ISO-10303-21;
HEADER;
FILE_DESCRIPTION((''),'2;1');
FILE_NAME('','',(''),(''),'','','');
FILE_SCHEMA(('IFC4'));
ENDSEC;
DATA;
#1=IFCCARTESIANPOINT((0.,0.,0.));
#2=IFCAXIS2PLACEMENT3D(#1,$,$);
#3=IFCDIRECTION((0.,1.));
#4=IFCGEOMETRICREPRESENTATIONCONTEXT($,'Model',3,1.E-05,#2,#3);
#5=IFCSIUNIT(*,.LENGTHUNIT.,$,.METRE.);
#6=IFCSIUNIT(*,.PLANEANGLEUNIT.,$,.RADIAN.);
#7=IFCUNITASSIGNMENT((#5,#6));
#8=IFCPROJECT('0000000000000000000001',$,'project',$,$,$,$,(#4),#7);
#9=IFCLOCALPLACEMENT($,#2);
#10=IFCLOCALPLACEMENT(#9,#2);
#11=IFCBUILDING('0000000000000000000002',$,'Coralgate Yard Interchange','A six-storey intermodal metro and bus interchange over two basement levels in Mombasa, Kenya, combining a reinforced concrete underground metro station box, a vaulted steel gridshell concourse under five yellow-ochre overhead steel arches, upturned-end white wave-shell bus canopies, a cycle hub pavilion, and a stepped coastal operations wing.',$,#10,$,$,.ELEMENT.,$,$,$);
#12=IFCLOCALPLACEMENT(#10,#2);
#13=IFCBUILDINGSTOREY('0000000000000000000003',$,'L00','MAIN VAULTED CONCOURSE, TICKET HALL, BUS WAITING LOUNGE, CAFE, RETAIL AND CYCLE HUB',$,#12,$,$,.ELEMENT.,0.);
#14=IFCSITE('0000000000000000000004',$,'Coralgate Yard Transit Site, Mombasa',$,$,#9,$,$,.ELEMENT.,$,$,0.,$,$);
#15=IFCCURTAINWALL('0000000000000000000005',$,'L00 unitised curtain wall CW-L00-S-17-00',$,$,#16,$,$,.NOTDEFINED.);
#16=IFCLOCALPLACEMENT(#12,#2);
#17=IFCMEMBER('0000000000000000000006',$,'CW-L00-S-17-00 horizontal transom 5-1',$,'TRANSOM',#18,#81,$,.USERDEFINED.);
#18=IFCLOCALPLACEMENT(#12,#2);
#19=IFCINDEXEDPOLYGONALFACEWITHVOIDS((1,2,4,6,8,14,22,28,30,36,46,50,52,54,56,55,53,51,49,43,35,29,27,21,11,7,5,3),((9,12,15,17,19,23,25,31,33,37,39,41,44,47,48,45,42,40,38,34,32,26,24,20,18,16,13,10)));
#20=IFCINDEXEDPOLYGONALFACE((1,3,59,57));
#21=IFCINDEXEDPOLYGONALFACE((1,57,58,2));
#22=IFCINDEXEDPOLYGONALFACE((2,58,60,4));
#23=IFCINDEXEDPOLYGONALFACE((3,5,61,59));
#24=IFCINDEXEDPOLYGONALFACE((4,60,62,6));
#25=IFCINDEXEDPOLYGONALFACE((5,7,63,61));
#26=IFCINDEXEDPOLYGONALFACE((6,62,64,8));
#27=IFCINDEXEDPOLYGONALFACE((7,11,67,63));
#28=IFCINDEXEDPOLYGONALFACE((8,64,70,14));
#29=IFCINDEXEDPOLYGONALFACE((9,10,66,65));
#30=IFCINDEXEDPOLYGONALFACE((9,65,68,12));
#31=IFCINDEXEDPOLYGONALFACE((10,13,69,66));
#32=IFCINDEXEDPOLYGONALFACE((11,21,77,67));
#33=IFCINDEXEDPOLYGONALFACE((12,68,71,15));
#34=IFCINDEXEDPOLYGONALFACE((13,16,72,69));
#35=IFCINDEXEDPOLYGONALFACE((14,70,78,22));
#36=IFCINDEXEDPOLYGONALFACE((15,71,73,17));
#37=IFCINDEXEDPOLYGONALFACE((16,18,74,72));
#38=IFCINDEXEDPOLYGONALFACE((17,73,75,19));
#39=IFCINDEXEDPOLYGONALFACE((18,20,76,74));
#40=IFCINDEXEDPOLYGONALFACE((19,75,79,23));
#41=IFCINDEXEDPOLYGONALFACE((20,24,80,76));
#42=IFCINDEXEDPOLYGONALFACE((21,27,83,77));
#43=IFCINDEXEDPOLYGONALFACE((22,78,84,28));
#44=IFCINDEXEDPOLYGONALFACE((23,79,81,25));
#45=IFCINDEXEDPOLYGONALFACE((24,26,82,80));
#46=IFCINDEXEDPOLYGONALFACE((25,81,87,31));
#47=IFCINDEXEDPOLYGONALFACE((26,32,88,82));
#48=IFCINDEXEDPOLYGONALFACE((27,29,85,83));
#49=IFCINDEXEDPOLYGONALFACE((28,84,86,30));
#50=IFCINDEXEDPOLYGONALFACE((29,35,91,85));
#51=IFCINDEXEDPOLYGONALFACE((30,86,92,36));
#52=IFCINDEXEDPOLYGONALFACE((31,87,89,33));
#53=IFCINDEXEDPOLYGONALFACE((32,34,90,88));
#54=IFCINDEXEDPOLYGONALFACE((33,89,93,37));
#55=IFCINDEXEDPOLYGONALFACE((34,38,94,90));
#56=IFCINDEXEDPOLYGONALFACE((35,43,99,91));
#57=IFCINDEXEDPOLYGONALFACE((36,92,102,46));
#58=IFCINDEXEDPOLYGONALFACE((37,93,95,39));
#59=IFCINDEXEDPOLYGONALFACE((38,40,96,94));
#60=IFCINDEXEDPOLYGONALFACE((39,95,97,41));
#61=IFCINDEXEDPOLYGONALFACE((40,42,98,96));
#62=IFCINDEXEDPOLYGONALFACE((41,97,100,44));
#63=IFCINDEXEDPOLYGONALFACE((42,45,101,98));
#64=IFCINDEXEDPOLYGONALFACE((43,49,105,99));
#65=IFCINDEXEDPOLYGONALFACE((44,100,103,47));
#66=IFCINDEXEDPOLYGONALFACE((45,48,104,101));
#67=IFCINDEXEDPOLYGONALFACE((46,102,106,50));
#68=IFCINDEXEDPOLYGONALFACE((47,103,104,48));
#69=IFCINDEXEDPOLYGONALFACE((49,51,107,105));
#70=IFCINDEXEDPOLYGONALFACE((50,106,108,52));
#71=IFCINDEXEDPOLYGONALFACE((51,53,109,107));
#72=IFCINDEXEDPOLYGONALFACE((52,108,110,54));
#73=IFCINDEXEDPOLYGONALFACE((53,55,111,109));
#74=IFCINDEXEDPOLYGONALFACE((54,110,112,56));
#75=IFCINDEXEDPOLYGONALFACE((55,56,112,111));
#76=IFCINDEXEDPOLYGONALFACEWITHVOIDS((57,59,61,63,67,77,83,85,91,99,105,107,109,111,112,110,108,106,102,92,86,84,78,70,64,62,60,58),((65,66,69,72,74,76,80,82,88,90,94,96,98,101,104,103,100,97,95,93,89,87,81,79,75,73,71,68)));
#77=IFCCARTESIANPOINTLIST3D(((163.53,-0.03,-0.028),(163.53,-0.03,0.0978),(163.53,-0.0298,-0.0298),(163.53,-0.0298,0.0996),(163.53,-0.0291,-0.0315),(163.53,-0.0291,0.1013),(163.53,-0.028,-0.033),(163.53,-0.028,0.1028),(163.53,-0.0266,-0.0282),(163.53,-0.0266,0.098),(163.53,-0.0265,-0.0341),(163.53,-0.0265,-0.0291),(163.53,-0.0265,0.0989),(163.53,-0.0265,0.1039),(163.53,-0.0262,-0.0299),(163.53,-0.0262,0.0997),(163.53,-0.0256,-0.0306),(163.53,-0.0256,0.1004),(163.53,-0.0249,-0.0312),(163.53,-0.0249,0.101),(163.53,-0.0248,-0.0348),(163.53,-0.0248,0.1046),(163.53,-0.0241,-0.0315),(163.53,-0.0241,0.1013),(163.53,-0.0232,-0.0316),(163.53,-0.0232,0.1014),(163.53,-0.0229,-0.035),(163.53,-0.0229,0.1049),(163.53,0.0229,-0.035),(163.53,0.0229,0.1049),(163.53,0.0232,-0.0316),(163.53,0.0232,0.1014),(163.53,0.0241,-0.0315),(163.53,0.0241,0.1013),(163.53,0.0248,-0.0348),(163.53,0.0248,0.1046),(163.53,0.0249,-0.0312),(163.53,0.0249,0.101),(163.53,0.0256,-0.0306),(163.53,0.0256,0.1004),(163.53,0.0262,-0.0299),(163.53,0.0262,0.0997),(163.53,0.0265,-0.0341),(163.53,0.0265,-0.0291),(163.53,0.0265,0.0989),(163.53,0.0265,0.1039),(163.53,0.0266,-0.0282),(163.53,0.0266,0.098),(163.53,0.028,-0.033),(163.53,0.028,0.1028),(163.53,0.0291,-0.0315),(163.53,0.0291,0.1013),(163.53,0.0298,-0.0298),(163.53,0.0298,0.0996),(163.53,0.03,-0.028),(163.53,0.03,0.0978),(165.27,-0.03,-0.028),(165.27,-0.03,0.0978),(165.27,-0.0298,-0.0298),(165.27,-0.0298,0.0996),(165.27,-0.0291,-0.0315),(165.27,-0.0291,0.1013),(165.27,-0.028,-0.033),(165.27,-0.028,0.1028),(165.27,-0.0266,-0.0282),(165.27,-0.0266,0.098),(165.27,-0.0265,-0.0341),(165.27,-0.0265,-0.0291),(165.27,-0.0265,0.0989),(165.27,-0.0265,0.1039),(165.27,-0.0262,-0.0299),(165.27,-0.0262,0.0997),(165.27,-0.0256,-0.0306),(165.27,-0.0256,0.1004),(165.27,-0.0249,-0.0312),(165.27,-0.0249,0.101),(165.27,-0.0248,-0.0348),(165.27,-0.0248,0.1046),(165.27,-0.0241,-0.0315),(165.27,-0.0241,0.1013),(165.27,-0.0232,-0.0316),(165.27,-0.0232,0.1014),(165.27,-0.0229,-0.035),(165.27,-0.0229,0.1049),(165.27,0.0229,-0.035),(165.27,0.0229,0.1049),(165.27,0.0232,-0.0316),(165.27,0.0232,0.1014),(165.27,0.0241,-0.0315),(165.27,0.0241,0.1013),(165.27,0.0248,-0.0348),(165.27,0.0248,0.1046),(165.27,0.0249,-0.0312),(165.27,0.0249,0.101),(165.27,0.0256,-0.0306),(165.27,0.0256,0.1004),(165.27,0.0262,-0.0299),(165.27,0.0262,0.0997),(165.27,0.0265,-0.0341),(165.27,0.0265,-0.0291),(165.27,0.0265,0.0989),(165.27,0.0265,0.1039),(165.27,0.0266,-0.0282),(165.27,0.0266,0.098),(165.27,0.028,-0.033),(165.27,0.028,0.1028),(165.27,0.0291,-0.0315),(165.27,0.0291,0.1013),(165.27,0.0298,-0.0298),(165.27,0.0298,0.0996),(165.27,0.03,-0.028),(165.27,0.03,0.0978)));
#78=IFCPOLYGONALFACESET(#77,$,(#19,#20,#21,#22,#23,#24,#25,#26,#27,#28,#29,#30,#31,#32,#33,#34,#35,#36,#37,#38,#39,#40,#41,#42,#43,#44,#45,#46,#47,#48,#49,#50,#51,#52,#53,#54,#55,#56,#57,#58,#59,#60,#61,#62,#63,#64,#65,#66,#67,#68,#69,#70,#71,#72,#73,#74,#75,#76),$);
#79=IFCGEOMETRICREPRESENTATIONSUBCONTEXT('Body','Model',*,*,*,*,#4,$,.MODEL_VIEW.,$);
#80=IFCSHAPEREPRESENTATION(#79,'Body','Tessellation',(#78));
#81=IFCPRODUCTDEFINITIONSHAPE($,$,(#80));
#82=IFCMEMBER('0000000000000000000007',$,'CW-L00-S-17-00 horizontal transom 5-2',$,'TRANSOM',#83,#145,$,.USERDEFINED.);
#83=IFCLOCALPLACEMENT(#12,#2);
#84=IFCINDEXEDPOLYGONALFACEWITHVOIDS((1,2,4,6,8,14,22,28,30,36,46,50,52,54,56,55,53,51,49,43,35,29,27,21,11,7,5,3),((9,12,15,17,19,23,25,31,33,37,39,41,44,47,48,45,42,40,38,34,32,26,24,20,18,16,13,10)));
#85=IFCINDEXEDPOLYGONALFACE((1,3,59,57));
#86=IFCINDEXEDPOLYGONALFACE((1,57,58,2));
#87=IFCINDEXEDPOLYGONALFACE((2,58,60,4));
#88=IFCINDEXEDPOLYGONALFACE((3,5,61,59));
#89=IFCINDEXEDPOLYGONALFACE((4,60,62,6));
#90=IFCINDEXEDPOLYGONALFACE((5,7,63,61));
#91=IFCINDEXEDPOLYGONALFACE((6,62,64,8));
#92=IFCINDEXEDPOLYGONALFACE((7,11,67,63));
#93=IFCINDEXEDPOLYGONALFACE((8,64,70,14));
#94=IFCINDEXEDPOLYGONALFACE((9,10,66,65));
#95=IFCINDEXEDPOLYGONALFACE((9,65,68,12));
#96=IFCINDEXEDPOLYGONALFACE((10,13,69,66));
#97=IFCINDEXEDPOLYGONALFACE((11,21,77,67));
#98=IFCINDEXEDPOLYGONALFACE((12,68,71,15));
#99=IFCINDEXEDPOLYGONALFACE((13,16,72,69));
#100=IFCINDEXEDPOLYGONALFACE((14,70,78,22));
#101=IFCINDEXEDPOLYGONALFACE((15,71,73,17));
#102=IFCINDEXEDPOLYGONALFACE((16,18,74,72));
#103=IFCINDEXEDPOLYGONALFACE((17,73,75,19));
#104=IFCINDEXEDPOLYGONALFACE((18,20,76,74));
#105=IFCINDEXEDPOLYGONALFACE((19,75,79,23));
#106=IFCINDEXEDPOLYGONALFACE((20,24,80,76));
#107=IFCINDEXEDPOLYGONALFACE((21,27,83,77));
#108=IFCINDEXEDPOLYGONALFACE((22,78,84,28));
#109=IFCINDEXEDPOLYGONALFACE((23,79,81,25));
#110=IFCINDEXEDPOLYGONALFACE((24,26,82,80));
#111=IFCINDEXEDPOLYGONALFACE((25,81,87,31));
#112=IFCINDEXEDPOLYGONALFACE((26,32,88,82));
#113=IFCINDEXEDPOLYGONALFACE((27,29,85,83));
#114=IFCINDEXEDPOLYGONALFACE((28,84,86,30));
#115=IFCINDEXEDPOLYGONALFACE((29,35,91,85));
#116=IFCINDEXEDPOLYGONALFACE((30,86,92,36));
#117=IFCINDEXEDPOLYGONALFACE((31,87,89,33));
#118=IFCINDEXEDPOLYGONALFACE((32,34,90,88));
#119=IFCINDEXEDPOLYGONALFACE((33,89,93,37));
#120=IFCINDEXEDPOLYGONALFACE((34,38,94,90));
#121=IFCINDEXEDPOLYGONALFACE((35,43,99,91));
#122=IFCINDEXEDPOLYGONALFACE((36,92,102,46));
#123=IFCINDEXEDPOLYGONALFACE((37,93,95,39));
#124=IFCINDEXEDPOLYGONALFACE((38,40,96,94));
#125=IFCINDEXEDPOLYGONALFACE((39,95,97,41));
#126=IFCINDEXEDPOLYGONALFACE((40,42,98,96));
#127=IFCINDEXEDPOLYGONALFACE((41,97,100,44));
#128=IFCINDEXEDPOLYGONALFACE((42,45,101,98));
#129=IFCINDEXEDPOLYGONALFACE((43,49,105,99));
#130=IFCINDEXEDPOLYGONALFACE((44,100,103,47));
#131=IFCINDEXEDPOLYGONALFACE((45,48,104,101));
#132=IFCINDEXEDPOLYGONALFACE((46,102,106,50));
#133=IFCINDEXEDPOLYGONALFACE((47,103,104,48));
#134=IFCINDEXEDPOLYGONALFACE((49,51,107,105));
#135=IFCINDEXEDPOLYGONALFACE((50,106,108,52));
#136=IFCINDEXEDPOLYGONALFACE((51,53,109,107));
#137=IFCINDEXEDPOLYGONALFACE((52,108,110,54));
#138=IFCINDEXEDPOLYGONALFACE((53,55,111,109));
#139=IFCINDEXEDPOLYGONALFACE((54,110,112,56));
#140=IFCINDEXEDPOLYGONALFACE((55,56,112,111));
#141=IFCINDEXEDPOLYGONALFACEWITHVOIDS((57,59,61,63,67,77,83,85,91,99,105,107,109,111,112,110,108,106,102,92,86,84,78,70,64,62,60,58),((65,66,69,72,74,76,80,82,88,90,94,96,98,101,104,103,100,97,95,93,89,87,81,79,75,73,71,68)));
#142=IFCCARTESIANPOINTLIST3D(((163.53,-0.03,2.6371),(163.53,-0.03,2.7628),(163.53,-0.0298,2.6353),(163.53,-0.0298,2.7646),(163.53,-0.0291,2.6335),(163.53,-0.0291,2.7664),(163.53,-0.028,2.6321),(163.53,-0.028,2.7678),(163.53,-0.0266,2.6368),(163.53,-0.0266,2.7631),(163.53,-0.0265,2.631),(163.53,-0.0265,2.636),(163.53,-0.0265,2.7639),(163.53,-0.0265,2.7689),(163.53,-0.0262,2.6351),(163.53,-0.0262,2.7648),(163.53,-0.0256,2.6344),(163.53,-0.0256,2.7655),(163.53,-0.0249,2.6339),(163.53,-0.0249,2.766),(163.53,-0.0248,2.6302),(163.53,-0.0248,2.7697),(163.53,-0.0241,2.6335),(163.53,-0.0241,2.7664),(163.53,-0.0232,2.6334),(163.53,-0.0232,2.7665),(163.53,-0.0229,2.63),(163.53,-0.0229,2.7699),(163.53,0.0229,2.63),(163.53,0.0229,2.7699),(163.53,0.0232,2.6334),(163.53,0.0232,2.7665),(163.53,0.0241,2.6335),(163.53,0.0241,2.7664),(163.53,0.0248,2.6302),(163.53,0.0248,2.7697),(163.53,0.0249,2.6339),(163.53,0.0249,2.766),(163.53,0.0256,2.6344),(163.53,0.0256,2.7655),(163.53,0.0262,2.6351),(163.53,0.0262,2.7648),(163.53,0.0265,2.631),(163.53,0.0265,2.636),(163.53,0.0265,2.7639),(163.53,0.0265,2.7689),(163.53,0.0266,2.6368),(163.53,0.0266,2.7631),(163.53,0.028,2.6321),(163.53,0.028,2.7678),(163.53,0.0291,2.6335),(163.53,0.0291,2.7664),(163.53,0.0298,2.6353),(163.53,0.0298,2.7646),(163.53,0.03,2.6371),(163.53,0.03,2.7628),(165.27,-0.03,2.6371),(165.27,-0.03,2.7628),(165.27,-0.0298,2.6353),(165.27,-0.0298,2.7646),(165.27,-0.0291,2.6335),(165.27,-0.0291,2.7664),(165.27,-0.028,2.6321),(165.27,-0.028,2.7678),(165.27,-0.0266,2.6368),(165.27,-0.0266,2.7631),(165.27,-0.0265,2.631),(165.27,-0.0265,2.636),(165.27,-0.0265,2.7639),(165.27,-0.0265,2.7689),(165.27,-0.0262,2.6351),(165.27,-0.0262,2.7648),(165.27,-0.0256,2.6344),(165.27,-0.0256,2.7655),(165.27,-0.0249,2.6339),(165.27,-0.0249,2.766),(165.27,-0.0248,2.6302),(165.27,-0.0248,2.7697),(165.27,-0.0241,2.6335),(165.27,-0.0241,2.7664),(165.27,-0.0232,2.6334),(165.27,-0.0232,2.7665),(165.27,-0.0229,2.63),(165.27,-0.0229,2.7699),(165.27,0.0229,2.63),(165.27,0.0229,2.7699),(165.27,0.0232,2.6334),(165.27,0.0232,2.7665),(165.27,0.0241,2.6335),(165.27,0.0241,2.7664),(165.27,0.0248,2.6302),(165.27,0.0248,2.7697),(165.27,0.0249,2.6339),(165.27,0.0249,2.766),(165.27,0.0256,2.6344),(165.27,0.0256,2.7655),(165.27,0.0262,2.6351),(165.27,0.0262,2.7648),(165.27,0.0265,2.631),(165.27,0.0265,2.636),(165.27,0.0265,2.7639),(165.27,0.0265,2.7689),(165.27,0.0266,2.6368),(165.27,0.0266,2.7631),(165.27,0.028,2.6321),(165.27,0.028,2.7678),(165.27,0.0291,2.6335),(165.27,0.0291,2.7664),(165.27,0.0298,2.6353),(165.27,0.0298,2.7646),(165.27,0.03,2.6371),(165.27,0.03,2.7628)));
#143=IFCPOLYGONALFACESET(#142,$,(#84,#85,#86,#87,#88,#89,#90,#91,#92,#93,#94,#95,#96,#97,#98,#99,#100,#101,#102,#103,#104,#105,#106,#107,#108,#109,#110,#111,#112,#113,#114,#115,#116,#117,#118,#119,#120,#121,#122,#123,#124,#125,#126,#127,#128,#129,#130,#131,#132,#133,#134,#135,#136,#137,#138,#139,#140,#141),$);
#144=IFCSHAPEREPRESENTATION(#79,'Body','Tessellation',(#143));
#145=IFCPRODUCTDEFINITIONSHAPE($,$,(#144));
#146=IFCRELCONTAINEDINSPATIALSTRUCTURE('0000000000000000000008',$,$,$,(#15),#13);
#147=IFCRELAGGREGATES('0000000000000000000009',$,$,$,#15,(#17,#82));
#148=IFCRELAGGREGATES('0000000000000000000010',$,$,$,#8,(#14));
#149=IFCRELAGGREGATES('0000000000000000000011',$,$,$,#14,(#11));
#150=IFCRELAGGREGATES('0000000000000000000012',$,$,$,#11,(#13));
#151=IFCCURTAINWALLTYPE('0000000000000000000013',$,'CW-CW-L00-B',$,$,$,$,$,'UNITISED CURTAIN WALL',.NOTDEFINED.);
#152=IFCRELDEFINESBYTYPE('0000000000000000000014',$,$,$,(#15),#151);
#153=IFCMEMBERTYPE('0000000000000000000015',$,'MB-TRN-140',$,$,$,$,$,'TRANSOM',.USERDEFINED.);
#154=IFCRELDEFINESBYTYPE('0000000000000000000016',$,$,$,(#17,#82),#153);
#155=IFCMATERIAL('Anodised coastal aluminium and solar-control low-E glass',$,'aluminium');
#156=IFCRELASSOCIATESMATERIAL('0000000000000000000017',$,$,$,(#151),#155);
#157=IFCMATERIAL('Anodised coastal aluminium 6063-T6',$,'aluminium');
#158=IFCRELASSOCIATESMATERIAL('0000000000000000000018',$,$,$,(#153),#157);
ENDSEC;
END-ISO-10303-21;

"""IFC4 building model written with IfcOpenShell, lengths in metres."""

from ifc_helpers import new_model, si_unit, direction, frame, origin, origin_2d, place, context, subcontext, project, spatial, hollow_rectangle, extrude, material, material_profile, profile_set, type_object, element, aggregate, save


model = new_model("IFC4")

# Units and contexts
model_context = context("Model", 3, precision=1e-05, world=origin(), true_north=direction((0.0, 1.0)))
body_context = subcontext(model_context, "Body", "Model", "MODEL_VIEW")
ifc_project = project(units=[si_unit("LENGTHUNIT", "METRE"), si_unit("PLANEANGLEUNIT", "RADIAN")], contexts=[model_context])

# Site, building, storey
site_placement = place(None, origin())
site = spatial("IfcSite", under=ifc_project, at=site_placement, Name="Coralgate Yard Transit Site, Mombasa", CompositionType="ELEMENT", RefElevation=0.0)
building_placement = place(site_placement, origin())
building = spatial("IfcBuilding", under=site, at=building_placement, Name="Coralgate Yard Interchange", Description="A six-storey intermodal metro and bus interchange over two basement levels in Mombasa, Kenya, combining a reinforced concrete underground metro station box, a vaulted steel gridshell concourse under five yellow-ochre overhead steel arches, upturned-end white wave-shell bus canopies, a cycle hub pavilion, and a stepped coastal operations wing.", CompositionType="ELEMENT")
storey_placement = place(building_placement, origin())
storey = spatial("IfcBuildingStorey", under=building, at=storey_placement, Name="L00", Description="MAIN VAULTED CONCOURSE, TICKET HALL, BUS WAITING LOUNGE, CAFE, RETAIL AND CYCLE HUB", CompositionType="ELEMENT", Elevation=0.0)

# Curtain wall, members
ifc_material_1 = material(Name="Anodised coastal aluminium and solar-control low-E glass", Category="aluminium")
curtain_wall_type = type_object("IfcCurtainWallType", Name="CW-CW-L00-B", ElementType="UNITISED CURTAIN WALL", PredefinedType="NOTDEFINED", material=ifc_material_1)
curtain_wall_placement = place(storey_placement, origin())
curtain_wall = element("IfcCurtainWall", 1, at=curtain_wall_placement, inside=storey, type_object=curtain_wall_type, Name="L00 unitised curtain wall CW-L00-S-17-00", PredefinedType="NOTDEFINED")
ifc_material_2 = material(Name="Anodised coastal aluminium 6063-T6", Category="aluminium")
ifc_material_profile_1 = material_profile(ifc_material_2, hollow_rectangle(XDim=0.0601, YDim=0.1399, WallThickness=0.0034, InnerFilletRadius=0.0034, OuterFilletRadius=0.0071, at=origin_2d()), Name="ALU 60x140x3.5")
ifc_profile_set_1 = profile_set([ifc_material_profile_1], Name="Anodised coastal aluminium 6063-T6")
member_type_1 = type_object("IfcMemberType", Name="MB-TRN-140", ElementType="TRANSOM", PredefinedType="USERDEFINED", material=ifc_profile_set_1)
member_1_placement = place(storey_placement, frame((165.27, 0.0, 0.0349), z_axis=(-1.0, 0.0, 0.0), x_axis=(0.0, -1.0, 0.0)))
member_1 = element("IfcMember", 2, at=member_1_placement, type_object=member_type_1, Name="CW-L00-S-17-00 horizontal transom 5-1", ObjectType="TRANSOM", PredefinedType="USERDEFINED", context=body_context, shape_type="SweptSolid", body=[
    extrude(hollow_rectangle(XDim=0.0601, YDim=0.1399, WallThickness=0.0034, InnerFilletRadius=0.0034, OuterFilletRadius=0.0071, at=origin_2d()), origin(), (0.0, 0.0, 1.0), 1.74),
])
member_2_placement = place(storey_placement, frame((165.27, 0.0, 2.7), z_axis=(-1.0, 0.0, 0.0), x_axis=(0.0, -1.0, 0.0)))
member_2 = element("IfcMember", 3, at=member_2_placement, type_object=member_type_1, Name="CW-L00-S-17-00 horizontal transom 5-2", ObjectType="TRANSOM", PredefinedType="USERDEFINED", context=body_context, shape_type="SweptSolid", body=[
    extrude(hollow_rectangle(XDim=0.0601, YDim=0.1399, WallThickness=0.0034, InnerFilletRadius=0.0034, OuterFilletRadius=0.0071, at=origin_2d()), origin(), (0.0, 0.0, 1.0), 1.74),
])
aggregate(curtain_wall, [member_1, member_2])

save(model, "model.ifc")
